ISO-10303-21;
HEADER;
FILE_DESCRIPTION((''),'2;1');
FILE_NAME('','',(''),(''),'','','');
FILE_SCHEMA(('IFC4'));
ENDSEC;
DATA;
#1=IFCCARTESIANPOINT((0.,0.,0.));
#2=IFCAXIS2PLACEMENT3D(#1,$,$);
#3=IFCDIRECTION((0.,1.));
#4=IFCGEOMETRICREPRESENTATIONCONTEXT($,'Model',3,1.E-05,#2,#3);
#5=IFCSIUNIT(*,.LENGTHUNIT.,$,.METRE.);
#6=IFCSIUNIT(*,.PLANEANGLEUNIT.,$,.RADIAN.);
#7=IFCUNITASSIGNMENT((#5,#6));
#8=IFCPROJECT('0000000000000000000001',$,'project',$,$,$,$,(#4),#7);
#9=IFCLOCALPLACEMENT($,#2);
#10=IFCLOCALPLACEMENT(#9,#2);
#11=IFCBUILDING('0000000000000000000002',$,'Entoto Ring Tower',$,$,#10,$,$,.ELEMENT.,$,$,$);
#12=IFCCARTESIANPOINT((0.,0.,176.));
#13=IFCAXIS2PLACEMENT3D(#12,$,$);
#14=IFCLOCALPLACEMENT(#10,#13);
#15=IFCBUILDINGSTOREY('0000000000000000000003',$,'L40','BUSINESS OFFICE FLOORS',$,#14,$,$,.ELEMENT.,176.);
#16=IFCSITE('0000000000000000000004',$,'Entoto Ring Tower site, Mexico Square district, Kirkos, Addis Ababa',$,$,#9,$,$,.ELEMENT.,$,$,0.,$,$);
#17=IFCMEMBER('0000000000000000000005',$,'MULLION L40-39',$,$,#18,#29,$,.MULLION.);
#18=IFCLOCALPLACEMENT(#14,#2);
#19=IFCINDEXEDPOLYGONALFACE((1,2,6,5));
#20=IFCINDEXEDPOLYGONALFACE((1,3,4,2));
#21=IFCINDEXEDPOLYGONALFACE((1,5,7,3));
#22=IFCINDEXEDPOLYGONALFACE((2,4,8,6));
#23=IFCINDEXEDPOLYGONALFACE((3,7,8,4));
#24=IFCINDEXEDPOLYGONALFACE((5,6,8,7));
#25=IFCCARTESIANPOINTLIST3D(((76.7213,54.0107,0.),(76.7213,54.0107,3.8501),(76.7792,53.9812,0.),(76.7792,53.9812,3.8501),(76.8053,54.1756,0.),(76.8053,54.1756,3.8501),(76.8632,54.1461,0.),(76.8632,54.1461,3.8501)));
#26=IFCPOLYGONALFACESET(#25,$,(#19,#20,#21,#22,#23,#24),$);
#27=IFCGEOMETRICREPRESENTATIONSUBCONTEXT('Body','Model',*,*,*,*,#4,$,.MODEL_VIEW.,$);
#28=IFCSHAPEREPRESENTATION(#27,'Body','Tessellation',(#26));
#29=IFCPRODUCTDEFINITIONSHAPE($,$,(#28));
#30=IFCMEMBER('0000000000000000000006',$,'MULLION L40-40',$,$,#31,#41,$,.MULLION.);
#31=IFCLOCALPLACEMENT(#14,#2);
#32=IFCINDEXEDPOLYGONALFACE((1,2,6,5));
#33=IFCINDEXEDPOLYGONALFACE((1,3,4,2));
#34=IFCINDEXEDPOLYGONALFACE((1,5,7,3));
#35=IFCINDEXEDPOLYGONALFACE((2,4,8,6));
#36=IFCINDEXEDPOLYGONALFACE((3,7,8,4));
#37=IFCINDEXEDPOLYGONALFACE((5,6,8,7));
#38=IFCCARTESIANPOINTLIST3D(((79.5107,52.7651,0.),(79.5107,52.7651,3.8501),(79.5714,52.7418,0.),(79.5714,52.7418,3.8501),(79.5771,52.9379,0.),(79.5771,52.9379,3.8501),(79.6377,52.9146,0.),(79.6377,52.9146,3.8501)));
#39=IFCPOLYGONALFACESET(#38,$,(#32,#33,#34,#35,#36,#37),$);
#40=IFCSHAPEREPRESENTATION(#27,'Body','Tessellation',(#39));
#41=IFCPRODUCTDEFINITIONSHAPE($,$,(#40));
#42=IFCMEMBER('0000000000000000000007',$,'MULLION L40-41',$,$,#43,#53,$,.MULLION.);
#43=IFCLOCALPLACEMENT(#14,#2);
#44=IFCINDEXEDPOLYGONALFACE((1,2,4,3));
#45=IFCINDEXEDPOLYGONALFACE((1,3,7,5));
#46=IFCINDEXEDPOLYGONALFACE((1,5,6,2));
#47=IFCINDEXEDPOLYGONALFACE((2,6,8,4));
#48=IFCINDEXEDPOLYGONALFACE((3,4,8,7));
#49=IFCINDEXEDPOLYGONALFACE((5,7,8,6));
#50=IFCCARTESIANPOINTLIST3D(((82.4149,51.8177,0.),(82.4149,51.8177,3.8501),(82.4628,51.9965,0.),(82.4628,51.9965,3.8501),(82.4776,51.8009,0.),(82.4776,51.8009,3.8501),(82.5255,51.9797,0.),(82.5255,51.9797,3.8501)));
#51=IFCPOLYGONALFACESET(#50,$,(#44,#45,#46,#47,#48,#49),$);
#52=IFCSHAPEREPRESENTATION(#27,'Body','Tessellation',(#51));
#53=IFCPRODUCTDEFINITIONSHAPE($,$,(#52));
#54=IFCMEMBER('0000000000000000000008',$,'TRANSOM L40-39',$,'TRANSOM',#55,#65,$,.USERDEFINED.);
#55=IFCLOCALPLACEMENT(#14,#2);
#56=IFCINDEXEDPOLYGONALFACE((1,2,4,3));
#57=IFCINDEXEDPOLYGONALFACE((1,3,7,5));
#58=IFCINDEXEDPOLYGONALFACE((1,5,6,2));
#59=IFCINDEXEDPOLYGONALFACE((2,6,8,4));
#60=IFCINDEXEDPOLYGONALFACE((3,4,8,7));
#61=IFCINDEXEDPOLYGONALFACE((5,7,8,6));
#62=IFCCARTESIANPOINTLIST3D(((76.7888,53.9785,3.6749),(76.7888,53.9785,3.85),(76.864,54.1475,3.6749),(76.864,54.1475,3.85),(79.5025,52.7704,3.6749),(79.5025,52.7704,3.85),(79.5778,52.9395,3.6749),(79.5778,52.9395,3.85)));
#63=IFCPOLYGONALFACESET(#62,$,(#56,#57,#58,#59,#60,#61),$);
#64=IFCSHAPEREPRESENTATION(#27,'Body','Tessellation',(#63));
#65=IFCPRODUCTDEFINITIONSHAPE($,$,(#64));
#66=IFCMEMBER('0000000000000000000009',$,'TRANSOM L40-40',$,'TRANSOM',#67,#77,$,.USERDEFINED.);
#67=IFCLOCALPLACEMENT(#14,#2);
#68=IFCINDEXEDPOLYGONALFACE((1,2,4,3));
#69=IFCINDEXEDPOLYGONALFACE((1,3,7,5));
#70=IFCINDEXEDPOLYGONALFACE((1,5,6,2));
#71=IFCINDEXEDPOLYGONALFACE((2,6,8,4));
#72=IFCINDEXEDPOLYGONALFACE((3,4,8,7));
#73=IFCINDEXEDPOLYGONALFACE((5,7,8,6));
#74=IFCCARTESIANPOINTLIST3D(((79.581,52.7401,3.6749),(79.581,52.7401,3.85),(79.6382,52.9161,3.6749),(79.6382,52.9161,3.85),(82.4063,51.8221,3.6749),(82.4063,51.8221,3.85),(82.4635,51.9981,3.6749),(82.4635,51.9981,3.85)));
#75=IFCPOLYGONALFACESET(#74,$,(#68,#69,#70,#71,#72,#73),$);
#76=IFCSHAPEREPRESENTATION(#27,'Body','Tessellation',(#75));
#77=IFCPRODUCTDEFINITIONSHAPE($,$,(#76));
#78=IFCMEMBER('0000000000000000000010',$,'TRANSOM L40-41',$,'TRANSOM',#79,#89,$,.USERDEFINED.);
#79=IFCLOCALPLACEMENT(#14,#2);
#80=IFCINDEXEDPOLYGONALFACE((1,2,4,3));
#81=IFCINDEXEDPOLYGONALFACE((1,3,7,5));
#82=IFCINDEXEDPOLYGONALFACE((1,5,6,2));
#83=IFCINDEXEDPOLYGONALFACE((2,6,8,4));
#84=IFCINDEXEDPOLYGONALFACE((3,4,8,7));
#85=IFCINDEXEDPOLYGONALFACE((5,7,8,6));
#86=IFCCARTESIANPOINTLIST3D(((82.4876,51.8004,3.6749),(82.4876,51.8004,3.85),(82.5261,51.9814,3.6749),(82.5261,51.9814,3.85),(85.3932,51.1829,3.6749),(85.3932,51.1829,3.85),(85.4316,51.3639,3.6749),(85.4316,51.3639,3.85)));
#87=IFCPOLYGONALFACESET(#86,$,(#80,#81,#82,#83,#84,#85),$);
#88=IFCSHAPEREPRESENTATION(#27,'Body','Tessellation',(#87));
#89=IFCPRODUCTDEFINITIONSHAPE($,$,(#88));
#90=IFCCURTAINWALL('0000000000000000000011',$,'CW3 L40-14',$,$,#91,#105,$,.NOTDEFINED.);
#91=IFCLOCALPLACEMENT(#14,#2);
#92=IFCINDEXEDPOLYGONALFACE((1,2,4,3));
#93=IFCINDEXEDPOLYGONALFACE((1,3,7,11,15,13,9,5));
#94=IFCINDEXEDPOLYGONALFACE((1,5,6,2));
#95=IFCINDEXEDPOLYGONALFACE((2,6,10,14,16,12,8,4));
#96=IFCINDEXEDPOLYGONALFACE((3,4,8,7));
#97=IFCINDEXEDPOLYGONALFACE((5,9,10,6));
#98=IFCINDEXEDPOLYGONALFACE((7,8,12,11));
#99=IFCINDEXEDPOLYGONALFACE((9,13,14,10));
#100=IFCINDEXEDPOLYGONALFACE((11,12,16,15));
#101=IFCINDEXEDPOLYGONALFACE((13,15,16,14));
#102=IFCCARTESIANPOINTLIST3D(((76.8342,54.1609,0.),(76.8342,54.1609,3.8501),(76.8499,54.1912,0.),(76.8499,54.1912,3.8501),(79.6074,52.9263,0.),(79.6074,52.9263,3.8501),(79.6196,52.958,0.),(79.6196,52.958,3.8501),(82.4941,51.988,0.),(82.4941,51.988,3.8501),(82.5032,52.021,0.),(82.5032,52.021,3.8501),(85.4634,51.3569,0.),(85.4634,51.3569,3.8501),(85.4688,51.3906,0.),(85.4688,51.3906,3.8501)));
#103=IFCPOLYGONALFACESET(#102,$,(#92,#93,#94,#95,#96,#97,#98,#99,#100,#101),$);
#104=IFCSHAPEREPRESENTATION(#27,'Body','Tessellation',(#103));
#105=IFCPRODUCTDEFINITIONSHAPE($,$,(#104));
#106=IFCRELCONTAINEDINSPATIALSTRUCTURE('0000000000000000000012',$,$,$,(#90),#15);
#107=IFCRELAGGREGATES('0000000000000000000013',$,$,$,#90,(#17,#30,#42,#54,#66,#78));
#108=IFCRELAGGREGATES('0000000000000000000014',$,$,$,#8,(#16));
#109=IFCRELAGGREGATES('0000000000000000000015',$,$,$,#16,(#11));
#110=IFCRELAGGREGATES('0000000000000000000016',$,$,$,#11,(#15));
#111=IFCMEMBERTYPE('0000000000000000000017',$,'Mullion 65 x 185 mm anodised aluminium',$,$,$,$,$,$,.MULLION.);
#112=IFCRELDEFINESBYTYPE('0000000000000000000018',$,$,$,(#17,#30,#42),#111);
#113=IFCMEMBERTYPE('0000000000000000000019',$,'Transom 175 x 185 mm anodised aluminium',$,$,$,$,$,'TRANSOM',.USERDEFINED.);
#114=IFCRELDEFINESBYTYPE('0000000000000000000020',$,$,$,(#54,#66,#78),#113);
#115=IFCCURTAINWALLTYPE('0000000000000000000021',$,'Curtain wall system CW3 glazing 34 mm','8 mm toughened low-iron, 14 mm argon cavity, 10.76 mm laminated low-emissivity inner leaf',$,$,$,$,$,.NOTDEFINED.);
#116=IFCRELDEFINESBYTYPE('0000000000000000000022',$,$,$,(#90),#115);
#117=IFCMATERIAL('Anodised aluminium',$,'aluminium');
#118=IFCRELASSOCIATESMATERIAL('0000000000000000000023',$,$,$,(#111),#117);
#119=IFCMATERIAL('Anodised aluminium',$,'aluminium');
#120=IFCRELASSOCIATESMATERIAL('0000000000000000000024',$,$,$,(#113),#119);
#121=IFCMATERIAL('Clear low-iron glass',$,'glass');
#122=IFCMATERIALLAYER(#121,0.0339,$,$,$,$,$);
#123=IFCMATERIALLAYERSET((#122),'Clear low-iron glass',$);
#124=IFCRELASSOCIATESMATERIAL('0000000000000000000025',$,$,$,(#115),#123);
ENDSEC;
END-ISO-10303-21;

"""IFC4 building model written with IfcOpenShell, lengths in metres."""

from ifc_helpers import new_model, si_unit, direction, frame, origin, origin_2d, place, context, subcontext, project, spatial, polyline, rectangle, outline, extrude, material, layer, layer_set, material_profile, profile_set, type_object, element, aggregate, save


model = new_model("IFC4")

# Units and contexts
model_context = context("Model", 3, precision=1e-05, world=origin(), true_north=direction((0.0, 1.0)))
body_context = subcontext(model_context, "Body", "Model", "MODEL_VIEW")
ifc_project = project(units=[si_unit("LENGTHUNIT", "METRE"), si_unit("PLANEANGLEUNIT", "RADIAN")], contexts=[model_context])

# Members
ifc_material_1 = material(Name="Anodised aluminium", Category="aluminium")
ifc_material_profile_1 = material_profile(ifc_material_1, rectangle(XDim=0.0649, YDim=0.1851, at=origin_2d()), Name="Mullion 65 x 185 mm anodised aluminium")
ifc_profile_set_1 = profile_set([ifc_material_profile_1], Name="Anodised aluminium")
member_type_1 = type_object("IfcMemberType", Name="Mullion 65 x 185 mm anodised aluminium", PredefinedType="MULLION", material=ifc_profile_set_1)
site_placement = place(None, origin())
building_placement = place(site_placement, origin())
storey_placement = place(building_placement, frame((0.0, 0.0, 176.0)))
member_1_placement = place(storey_placement, frame((76.7922, 54.0784, 0.0), z_axis=(0.0, 0.0, 1.0), x_axis=(0.891007, -0.45399, 0.0)))
member_1 = element("IfcMember", 1, at=member_1_placement, type_object=member_type_1, Name="MULLION L40-39", PredefinedType="MULLION", context=body_context, shape_type="SweptSolid", body=[
    extrude(rectangle(XDim=0.0649, YDim=0.1851, at=origin_2d()), origin(), (0.0, 0.0, 1.0), 3.8501),
])
member_2_placement = place(storey_placement, frame((79.5742, 52.8398, 0.0), z_axis=(0.0, 0.0, 1.0), x_axis=(0.93358, -0.358368, 0.0)))
member_2 = element("IfcMember", 2, at=member_2_placement, type_object=member_type_1, Name="MULLION L40-40", PredefinedType="MULLION", context=body_context, shape_type="SweptSolid", body=[
    extrude(rectangle(XDim=0.0649, YDim=0.1851, at=origin_2d()), origin(), (0.0, 0.0, 1.0), 3.8501),
])
member_3_placement = place(storey_placement, frame((82.4702, 51.8987, 0.0), z_axis=(0.0, 0.0, 1.0), x_axis=(0.965926, -0.258819, 0.0)))
member_3 = element("IfcMember", 3, at=member_3_placement, type_object=member_type_1, Name="MULLION L40-41", PredefinedType="MULLION", context=body_context, shape_type="SweptSolid", body=[
    extrude(rectangle(XDim=0.0649, YDim=0.1851, at=origin_2d()), origin(), (0.0, 0.0, 1.0), 3.8501),
])
ifc_material_2 = material(Name="Anodised aluminium", Category="aluminium")
ifc_material_profile_2 = material_profile(ifc_material_2, rectangle(XDim=0.1851, YDim=0.175, at=origin_2d()), Name="Transom 175 x 185 mm anodised aluminium")
ifc_profile_set_2 = profile_set([ifc_material_profile_2], Name="Anodised aluminium")
member_type_2 = type_object("IfcMemberType", Name="Transom 175 x 185 mm anodised aluminium", ElementType="TRANSOM", PredefinedType="USERDEFINED", material=ifc_profile_set_2)
member_4_placement = place(storey_placement, frame((76.8264, 54.063, 3.7625), z_axis=(0.913567, -0.406687, 0.0), x_axis=(0.406687, 0.913567, 0.0)))
member_4 = element("IfcMember", 4, at=member_4_placement, type_object=member_type_2, Name="TRANSOM L40-39", ObjectType="TRANSOM", PredefinedType="USERDEFINED", context=body_context, shape_type="SweptSolid", body=[
    extrude(rectangle(XDim=0.1851, YDim=0.175, at=origin_2d()), origin(), (0.0, 0.0, 1.0), 2.9705),
])
member_5_placement = place(storey_placement, frame((79.6096, 52.8281, 3.7625), z_axis=(0.951056, -0.309019, 0.0), x_axis=(0.309019, 0.951056, 0.0)))
member_5 = element("IfcMember", 5, at=member_5_placement, type_object=member_type_2, Name="TRANSOM L40-40", ObjectType="TRANSOM", PredefinedType="USERDEFINED", context=body_context, shape_type="SweptSolid", body=[
    extrude(rectangle(XDim=0.1851, YDim=0.175, at=origin_2d()), origin(), (0.0, 0.0, 1.0), 2.9707),
])
member_6_placement = place(storey_placement, frame((82.5068, 51.8909, 3.7625), z_axis=(0.978158, -0.207862, 0.0), x_axis=(0.207862, 0.978158, 0.0)))
member_6 = element("IfcMember", 6, at=member_6_placement, type_object=member_type_2, Name="TRANSOM L40-41", ObjectType="TRANSOM", PredefinedType="USERDEFINED", context=body_context, shape_type="SweptSolid", body=[
    extrude(rectangle(XDim=0.1851, YDim=0.175, at=origin_2d()), origin(), (0.0, 0.0, 1.0), 2.9705),
])

# Site, building, storey
site = spatial("IfcSite", under=ifc_project, at=site_placement, Name="Entoto Ring Tower site, Mexico Square district, Kirkos, Addis Ababa", CompositionType="ELEMENT", RefElevation=0.0)
building = spatial("IfcBuilding", under=site, at=building_placement, Name="Entoto Ring Tower", CompositionType="ELEMENT")
storey = spatial("IfcBuildingStorey", under=building, at=storey_placement, Name="L40", Description="BUSINESS OFFICE FLOORS", CompositionType="ELEMENT", Elevation=176.0)

# Curtain wall
ifc_material_3 = material(Name="Clear low-iron glass", Category="glass")
ifc_layer = layer(ifc_material_3, 0.0339)
ifc_layer_set = layer_set([ifc_layer], Name="Clear low-iron glass")
curtain_wall_type = type_object("IfcCurtainWallType", Name="Curtain wall system CW3 glazing 34 mm", Description="8 mm toughened low-iron, 14 mm argon cavity, 10.76 mm laminated low-emissivity inner leaf", PredefinedType="NOTDEFINED", material=ifc_layer_set)
curtain_wall_1_placement = place(storey_placement, origin())
curtain_wall_1 = element("IfcCurtainWall", 7, at=curtain_wall_1_placement, inside=storey, type_object=curtain_wall_type, Name="CW3 L40-14", PredefinedType="NOTDEFINED", context=body_context, shape_type="SweptSolid", body=[
    extrude(outline(polyline([(76.8342, 54.1609), (79.6074, 52.9263), (82.4941, 51.988), (85.4634, 51.3569), (85.4688, 51.3906), (82.5032, 52.021), (79.6196, 52.958), (76.8499, 54.1912), (76.8342, 54.1609)])), origin(), (0.0, 0.0, 1.0), 3.8501),
])
aggregate(curtain_wall_1, [member_1, member_2, member_3, member_4, member_5, member_6])

save(model, "model.ifc")
